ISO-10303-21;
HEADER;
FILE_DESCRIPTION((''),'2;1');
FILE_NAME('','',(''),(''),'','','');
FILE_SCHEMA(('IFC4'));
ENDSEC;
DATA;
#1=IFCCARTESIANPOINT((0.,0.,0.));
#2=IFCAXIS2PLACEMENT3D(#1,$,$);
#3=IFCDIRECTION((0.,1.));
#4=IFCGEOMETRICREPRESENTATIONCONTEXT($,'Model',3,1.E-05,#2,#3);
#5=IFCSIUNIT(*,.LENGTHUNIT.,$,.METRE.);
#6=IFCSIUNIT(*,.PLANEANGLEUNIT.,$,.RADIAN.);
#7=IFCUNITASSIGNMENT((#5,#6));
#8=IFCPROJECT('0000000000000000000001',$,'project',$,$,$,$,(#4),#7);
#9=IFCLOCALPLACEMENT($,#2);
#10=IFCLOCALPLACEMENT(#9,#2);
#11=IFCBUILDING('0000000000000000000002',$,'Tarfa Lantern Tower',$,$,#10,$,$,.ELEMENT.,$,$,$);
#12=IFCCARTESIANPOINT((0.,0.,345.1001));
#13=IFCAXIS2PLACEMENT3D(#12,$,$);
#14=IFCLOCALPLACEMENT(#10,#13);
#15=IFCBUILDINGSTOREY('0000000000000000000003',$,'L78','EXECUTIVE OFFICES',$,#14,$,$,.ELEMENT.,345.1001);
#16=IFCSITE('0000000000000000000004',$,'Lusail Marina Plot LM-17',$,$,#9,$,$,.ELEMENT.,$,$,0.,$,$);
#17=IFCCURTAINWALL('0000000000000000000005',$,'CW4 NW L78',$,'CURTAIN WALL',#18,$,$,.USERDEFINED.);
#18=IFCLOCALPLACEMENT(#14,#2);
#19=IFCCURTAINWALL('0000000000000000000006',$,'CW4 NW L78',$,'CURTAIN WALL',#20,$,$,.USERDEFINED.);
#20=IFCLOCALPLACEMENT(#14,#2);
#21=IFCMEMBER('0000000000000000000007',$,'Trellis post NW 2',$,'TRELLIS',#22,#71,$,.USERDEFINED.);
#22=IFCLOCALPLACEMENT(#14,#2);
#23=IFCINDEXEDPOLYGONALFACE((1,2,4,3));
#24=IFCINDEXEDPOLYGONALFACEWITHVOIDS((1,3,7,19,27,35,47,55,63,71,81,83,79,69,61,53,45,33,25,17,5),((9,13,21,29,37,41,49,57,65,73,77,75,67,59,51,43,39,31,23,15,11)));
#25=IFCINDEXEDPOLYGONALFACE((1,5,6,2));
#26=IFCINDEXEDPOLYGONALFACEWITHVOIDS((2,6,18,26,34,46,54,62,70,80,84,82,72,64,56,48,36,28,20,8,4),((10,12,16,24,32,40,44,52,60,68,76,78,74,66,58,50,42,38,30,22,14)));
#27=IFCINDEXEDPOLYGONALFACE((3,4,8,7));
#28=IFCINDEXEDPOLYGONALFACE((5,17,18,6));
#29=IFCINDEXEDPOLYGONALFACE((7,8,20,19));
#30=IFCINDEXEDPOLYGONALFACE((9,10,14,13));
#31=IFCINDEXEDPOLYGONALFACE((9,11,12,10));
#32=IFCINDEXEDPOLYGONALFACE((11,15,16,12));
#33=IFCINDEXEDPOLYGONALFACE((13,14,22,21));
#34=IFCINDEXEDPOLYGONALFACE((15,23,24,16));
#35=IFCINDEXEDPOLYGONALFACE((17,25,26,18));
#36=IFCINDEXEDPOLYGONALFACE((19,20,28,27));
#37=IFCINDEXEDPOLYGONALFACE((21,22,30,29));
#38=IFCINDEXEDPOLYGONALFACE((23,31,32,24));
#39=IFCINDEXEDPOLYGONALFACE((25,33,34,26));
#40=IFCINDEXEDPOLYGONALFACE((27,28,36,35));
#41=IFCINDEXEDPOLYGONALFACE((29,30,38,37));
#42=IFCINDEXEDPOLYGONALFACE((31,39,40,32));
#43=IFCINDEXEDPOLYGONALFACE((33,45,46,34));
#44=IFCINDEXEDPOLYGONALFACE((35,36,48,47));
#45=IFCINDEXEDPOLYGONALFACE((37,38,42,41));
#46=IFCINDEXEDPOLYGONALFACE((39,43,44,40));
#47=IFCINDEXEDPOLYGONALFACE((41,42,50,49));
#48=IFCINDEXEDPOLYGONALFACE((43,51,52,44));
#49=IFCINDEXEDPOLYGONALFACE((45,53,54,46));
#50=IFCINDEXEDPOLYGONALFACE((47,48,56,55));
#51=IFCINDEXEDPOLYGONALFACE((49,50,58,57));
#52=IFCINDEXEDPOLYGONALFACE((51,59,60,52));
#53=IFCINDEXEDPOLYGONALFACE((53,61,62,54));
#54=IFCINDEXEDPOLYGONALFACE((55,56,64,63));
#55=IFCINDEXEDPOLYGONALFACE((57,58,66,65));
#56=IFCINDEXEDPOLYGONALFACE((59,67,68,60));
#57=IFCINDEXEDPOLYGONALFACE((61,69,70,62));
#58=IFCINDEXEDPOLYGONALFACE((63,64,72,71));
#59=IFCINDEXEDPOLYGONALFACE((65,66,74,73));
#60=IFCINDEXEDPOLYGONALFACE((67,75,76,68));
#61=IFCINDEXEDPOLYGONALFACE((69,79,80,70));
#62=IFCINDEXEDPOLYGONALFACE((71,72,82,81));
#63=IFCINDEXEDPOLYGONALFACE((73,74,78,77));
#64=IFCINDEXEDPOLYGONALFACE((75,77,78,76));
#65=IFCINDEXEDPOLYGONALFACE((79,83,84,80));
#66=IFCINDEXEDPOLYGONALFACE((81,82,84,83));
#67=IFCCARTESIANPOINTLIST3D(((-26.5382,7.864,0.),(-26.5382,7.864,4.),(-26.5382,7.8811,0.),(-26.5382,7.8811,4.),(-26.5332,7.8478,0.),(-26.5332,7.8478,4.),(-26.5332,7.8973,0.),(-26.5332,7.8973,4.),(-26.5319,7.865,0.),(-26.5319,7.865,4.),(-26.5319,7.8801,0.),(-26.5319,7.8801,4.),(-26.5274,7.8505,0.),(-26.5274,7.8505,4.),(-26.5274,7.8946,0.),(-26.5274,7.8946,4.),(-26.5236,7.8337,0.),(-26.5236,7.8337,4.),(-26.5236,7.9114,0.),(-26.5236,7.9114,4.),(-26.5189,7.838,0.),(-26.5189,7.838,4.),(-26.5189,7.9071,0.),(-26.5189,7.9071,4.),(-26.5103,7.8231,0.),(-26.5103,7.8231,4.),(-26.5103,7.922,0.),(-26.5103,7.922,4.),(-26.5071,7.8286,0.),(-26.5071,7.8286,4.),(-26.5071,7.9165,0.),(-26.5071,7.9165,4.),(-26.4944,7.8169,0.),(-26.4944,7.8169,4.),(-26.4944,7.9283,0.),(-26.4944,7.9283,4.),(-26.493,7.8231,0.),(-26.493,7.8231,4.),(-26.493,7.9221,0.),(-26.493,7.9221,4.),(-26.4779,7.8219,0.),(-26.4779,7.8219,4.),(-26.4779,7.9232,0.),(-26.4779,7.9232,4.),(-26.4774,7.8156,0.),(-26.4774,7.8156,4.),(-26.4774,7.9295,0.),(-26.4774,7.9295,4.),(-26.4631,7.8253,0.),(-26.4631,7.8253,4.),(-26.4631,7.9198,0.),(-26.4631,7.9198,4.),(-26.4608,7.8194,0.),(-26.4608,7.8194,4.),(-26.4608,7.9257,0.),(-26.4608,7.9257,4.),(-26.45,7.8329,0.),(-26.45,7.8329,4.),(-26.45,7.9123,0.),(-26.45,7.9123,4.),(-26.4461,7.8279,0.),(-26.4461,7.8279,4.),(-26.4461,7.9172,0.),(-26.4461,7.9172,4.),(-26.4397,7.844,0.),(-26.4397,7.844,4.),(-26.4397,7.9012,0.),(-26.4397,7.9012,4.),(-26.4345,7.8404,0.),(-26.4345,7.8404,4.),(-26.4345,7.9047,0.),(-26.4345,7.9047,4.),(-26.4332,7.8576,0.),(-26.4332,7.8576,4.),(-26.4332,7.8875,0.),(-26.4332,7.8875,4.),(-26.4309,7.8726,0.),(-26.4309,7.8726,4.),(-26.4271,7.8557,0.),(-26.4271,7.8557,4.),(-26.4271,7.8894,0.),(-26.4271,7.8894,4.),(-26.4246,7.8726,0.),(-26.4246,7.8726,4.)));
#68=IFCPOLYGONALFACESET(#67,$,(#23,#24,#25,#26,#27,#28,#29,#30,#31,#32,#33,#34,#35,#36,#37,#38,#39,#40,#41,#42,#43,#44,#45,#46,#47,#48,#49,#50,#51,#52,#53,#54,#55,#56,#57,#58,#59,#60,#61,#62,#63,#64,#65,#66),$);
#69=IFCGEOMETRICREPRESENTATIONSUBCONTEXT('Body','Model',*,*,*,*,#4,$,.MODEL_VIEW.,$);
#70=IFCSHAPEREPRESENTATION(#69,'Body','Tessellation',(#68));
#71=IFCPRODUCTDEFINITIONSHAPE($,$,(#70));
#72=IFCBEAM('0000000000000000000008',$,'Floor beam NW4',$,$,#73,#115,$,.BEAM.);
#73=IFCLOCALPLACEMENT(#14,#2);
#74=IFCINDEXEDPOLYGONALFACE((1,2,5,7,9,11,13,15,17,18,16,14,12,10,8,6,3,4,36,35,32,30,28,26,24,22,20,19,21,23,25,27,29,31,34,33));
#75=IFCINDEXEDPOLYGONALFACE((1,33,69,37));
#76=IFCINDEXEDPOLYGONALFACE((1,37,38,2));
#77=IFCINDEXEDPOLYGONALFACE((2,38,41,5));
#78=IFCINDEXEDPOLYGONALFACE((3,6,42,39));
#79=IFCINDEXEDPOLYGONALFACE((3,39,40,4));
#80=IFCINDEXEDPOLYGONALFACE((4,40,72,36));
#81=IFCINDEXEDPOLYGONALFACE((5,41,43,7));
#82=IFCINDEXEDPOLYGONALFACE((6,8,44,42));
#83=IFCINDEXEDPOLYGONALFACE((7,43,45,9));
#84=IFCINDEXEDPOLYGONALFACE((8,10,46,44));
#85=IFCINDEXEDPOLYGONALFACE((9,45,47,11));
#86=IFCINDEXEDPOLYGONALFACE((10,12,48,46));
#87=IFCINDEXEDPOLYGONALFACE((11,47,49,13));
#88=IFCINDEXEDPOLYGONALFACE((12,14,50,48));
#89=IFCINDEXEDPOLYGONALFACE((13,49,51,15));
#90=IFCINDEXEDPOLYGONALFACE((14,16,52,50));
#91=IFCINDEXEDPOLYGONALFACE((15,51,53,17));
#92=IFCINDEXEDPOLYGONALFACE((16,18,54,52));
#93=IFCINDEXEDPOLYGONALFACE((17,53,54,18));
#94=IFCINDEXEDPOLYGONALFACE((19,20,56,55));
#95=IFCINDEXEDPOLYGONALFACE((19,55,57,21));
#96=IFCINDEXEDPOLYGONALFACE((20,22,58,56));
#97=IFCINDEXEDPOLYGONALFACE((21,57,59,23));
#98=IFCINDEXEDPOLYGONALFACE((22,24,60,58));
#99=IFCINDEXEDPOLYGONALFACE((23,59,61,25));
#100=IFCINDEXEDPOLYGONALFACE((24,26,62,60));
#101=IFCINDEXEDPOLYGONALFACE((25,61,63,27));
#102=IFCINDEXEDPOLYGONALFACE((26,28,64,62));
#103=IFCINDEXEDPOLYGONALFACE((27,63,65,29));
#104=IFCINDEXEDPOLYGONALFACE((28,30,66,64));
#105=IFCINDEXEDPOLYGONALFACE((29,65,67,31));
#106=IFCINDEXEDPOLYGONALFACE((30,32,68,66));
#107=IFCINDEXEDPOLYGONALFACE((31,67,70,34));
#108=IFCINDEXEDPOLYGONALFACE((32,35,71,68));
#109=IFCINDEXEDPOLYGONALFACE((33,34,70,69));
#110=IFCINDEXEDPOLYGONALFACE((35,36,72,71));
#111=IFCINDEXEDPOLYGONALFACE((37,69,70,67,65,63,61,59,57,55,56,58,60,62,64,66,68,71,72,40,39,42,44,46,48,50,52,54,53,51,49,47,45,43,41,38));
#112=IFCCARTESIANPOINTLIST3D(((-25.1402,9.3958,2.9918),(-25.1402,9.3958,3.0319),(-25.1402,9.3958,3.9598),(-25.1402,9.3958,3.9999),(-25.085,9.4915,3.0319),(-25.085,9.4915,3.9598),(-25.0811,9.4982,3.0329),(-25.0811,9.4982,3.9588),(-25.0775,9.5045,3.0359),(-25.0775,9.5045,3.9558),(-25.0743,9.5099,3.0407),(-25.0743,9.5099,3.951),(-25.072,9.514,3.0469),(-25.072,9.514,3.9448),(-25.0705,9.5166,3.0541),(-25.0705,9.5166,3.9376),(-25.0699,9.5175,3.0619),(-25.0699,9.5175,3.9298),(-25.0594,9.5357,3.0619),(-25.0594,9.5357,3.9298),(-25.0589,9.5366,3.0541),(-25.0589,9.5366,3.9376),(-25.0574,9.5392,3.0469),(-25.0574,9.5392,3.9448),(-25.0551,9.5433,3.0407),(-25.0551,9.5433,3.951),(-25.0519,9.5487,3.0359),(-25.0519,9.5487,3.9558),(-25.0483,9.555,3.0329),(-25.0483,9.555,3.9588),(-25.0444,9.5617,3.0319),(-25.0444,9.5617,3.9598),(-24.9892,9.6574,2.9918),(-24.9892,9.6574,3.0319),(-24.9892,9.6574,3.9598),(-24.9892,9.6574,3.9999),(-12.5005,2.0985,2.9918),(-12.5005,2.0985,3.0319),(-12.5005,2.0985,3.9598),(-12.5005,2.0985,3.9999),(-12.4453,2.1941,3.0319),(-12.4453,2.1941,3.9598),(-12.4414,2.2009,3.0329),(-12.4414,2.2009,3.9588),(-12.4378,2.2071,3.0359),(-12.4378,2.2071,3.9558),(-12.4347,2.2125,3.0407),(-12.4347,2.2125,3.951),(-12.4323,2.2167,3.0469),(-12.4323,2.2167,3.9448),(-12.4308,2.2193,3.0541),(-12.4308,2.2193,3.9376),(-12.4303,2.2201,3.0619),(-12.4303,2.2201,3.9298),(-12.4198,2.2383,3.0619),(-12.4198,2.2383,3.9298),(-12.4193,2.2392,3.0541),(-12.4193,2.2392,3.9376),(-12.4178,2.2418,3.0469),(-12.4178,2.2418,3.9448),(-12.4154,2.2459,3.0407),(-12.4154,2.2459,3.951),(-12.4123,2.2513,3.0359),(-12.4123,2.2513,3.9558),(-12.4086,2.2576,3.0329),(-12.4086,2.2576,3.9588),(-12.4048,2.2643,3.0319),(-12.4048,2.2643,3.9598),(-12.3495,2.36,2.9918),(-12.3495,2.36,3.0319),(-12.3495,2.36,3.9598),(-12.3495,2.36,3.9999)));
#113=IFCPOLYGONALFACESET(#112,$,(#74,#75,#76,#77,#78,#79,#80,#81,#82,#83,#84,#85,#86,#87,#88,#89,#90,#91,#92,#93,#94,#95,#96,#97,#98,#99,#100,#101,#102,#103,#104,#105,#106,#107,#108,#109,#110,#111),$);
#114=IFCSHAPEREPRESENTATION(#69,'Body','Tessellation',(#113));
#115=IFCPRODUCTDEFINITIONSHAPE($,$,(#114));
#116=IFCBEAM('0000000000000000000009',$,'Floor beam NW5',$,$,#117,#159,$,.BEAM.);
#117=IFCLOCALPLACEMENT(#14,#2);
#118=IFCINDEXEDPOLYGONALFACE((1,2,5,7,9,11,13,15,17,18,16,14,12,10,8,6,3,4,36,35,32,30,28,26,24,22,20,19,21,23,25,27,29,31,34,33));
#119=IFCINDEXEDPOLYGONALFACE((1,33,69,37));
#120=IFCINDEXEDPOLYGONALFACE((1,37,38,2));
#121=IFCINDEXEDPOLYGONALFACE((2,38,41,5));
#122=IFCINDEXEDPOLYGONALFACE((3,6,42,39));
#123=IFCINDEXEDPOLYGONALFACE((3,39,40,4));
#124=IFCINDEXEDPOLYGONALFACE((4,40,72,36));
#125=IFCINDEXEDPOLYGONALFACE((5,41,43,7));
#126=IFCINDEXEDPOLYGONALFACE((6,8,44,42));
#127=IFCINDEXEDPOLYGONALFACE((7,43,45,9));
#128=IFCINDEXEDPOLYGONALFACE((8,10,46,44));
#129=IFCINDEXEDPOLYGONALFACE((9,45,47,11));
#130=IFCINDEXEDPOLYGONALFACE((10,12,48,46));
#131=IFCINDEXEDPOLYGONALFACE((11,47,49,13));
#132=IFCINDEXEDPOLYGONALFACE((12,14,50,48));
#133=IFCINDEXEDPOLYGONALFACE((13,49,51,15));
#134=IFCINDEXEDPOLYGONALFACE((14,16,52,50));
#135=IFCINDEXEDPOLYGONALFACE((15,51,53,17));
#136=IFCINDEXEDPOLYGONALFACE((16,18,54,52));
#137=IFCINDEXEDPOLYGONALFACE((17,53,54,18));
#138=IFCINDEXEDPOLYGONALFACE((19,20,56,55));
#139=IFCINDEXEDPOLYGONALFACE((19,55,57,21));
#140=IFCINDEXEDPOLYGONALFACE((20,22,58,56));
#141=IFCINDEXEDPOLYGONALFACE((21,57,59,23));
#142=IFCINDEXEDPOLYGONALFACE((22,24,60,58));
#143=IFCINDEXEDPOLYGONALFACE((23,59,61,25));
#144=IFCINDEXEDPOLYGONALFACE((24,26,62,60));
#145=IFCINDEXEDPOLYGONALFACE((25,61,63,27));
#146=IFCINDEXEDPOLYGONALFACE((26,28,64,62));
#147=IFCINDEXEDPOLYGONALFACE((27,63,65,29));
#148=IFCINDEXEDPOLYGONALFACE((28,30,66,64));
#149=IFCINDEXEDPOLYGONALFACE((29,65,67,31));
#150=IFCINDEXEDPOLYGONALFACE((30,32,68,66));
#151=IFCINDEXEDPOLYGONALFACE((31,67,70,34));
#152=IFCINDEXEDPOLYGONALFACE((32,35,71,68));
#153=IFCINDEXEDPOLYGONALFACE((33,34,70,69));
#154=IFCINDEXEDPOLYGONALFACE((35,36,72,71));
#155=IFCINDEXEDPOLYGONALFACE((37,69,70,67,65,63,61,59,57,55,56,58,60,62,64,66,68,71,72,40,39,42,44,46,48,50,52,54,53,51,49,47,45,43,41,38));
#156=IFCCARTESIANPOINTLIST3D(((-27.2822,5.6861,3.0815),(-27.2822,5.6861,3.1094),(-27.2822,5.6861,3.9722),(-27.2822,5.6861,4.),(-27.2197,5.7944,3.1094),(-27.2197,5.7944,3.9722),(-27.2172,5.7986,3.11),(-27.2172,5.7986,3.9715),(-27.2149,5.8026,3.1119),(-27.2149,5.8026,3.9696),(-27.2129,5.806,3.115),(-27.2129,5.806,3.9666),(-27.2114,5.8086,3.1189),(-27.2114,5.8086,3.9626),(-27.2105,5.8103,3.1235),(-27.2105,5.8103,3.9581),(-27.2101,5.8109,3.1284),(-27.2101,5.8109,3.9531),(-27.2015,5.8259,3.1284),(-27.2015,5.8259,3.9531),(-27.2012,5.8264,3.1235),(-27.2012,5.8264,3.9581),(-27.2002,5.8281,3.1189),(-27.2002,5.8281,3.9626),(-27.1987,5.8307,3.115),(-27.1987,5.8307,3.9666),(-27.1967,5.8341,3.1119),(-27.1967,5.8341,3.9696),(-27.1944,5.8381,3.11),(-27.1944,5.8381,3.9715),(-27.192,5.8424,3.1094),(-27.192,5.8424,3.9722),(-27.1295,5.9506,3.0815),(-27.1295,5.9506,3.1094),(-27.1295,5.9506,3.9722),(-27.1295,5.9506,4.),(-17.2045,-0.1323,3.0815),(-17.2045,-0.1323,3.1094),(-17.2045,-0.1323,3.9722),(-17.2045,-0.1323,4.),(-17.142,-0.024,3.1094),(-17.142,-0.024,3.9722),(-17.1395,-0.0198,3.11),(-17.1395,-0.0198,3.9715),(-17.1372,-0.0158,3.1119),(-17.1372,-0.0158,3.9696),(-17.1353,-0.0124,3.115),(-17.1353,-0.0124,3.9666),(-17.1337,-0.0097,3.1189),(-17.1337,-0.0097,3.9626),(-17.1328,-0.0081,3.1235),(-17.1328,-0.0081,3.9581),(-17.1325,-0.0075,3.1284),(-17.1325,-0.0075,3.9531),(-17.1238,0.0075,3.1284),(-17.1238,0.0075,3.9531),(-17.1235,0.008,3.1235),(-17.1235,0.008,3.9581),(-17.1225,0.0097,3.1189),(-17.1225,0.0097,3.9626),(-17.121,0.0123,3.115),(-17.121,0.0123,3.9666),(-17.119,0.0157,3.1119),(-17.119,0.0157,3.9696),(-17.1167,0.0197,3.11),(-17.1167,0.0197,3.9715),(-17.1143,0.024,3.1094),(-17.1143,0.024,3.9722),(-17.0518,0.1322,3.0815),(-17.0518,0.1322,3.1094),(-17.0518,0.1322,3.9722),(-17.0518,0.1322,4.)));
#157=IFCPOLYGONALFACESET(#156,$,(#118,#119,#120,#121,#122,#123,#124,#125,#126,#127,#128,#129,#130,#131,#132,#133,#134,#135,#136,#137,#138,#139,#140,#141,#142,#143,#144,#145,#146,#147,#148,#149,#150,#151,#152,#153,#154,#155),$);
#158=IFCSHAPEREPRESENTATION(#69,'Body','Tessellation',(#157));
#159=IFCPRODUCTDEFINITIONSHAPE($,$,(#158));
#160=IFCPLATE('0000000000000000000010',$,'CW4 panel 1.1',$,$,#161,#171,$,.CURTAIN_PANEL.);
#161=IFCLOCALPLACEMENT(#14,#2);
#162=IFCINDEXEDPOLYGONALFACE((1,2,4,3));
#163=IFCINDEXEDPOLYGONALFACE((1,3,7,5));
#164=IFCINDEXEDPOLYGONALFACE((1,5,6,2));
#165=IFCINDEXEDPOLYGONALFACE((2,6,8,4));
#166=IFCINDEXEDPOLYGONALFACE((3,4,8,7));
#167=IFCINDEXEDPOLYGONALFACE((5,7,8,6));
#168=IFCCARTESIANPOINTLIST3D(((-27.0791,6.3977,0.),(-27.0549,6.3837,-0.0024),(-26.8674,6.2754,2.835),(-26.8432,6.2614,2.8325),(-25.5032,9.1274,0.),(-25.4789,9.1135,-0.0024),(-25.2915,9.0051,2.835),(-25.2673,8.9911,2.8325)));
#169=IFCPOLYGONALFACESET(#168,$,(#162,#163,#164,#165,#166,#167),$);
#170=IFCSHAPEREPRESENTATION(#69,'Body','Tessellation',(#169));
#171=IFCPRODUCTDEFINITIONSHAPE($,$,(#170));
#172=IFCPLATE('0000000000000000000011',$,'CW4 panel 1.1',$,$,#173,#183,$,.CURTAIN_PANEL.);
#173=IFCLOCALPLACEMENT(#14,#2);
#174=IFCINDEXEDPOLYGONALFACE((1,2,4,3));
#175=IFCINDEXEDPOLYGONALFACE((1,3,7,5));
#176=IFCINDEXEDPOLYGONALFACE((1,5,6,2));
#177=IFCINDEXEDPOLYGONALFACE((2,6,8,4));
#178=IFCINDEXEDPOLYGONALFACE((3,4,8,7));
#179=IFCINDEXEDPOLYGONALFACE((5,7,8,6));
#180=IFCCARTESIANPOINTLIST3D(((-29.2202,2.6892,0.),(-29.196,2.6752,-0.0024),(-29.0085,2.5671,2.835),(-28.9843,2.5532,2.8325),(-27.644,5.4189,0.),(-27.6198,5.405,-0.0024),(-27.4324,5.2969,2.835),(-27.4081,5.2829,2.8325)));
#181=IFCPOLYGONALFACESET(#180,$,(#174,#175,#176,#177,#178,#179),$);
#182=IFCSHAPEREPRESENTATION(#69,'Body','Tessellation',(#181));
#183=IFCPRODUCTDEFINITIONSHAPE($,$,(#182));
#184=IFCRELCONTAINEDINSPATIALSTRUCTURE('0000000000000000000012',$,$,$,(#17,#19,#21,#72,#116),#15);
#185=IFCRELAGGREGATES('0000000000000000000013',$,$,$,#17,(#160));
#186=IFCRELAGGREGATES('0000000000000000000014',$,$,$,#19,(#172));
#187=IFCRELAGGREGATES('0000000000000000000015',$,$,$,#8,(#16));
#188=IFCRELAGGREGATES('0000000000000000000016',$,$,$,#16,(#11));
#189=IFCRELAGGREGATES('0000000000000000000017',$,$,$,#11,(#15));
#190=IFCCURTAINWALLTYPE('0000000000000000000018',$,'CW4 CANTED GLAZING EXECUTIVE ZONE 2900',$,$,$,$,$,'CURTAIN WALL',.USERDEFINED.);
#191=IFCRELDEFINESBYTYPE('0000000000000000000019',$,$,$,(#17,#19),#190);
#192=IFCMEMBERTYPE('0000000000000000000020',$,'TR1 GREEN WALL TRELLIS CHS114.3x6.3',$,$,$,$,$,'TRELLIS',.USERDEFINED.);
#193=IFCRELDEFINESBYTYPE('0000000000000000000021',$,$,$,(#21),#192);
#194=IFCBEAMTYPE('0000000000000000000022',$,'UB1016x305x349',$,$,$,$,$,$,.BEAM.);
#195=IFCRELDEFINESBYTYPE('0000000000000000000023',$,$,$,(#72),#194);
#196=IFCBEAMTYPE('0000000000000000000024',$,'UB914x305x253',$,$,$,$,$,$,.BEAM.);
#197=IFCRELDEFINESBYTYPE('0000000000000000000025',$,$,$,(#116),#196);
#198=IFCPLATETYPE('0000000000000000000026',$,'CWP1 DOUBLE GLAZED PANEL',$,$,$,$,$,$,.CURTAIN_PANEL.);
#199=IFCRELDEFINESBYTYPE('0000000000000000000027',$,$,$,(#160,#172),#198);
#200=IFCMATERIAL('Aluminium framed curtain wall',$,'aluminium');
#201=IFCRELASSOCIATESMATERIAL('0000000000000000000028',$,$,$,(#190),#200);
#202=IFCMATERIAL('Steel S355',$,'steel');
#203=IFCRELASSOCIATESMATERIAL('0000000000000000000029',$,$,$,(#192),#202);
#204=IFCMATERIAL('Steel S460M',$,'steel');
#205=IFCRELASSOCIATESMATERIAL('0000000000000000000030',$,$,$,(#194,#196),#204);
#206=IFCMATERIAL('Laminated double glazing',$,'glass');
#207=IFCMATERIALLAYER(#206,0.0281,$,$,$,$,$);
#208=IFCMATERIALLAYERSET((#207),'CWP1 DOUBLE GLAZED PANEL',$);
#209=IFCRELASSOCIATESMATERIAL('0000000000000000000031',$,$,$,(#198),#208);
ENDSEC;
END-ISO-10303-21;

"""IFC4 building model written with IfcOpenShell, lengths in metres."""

from ifc_helpers import new_model, si_unit, direction, frame, origin, origin_2d, place, context, subcontext, project, spatial, polyline, hollow_circle, i_section, outline, extrude, material, layer, layer_set, material_profile, profile_set, type_object, element, aggregate, save


model = new_model("IFC4")

# Units and contexts
model_context = context("Model", 3, precision=1e-05, world=origin(), true_north=direction((0.0, 1.0)))
body_context = subcontext(model_context, "Body", "Model", "MODEL_VIEW")
ifc_project = project(units=[si_unit("LENGTHUNIT", "METRE"), si_unit("PLANEANGLEUNIT", "RADIAN")], contexts=[model_context])

# Site, building, storey
site_placement = place(None, origin())
site = spatial("IfcSite", under=ifc_project, at=site_placement, Name="Lusail Marina Plot LM-17", CompositionType="ELEMENT", RefElevation=0.0)
building_placement = place(site_placement, origin())
building = spatial("IfcBuilding", under=site, at=building_placement, Name="Tarfa Lantern Tower", CompositionType="ELEMENT")
storey_placement = place(building_placement, frame((0.0, 0.0, 345.1001)))
storey = spatial("IfcBuildingStorey", under=building, at=storey_placement, Name="L78", Description="EXECUTIVE OFFICES", CompositionType="ELEMENT", Elevation=345.1001)

# Shared definitions
ifc_material_1 = material(Name="Aluminium framed curtain wall", Category="aluminium")
curtain_wall_type = type_object("IfcCurtainWallType", Name="CW4 CANTED GLAZING EXECUTIVE ZONE 2900", ElementType="CURTAIN WALL", PredefinedType="USERDEFINED", material=ifc_material_1)

# Curtain walls
curtain_wall_1_placement = place(storey_placement, origin())
curtain_wall_1 = element("IfcCurtainWall", 1, at=curtain_wall_1_placement, inside=storey, type_object=curtain_wall_type, Name="CW4 NW L78", ObjectType="CURTAIN WALL", PredefinedType="USERDEFINED")
curtain_wall_2_placement = place(storey_placement, origin())
curtain_wall_2 = element("IfcCurtainWall", 2, at=curtain_wall_2_placement, inside=storey, type_object=curtain_wall_type, Name="CW4 NW L78", ObjectType="CURTAIN WALL", PredefinedType="USERDEFINED")

# Member
ifc_material_2 = material(Name="Steel S355", Category="steel")
ifc_material_profile_1 = material_profile(ifc_material_2, hollow_circle(Radius=0.0571, WallThickness=0.0063, at=origin_2d()), Name="CHS114.3x6.3")
ifc_profile_set_1 = profile_set([ifc_material_profile_1], Name="Steel S355")
member_type_1 = type_object("IfcMemberType", Name="TR1 GREEN WALL TRELLIS CHS114.3x6.3", ElementType="TRELLIS", PredefinedType="USERDEFINED", material=ifc_profile_set_1)
member_1_placement = place(storey_placement, frame((-26.4817, 7.8726, 0.0), z_axis=(0.0, 0.0, 1.0), x_axis=(1.0, 0.0, 0.0)))
element("IfcMember", 3, at=member_1_placement, inside=storey, type_object=member_type_1, Name="Trellis post NW 2", ObjectType="TRELLIS", PredefinedType="USERDEFINED", context=body_context, shape_type="SweptSolid", body=[
    extrude(hollow_circle(Radius=0.0571, WallThickness=0.0063, at=origin_2d()), origin(), (0.0, 0.0, 1.0), 4.0),
])

# Beams
ifc_material_3 = material(Name="Steel S460M", Category="steel")
ifc_material_profile_2 = material_profile(ifc_material_3, i_section(OverallWidth=0.302, OverallDepth=1.0081, WebThickness=0.021, FlangeThickness=0.04, FilletRadius=0.03, at=origin_2d()), Name="UB1016x305x349")
ifc_profile_set_2 = profile_set([ifc_material_profile_2], Name="Steel S460M")
beam_type_1 = type_object("IfcBeamType", Name="UB1016x305x349", PredefinedType="BEAM", material=ifc_profile_set_2)
beam_1_placement = place(storey_placement, frame((-25.0647, 9.5266, 3.4958), z_axis=(0.86603, -0.499993, 0.0), x_axis=(0.499993, 0.86603, 0.0)))
element("IfcBeam", 4, at=beam_1_placement, inside=storey, type_object=beam_type_1, Name="Floor beam NW4", PredefinedType="BEAM", context=body_context, shape_type="SweptSolid", body=[
    extrude(i_section(OverallWidth=0.302, OverallDepth=1.0081, WebThickness=0.021, FlangeThickness=0.04, FilletRadius=0.03, at=origin_2d()), origin(), (0.0, 0.0, 1.0), 14.595),
])
ifc_material_profile_3 = material_profile(ifc_material_3, i_section(OverallWidth=0.3054, OverallDepth=0.9185, WebThickness=0.0173, FlangeThickness=0.0278, FilletRadius=0.019, at=origin_2d()), Name="UB914x305x253")
ifc_profile_set_3 = profile_set([ifc_material_profile_3], Name="Steel S460M")
beam_type_2 = type_object("IfcBeamType", Name="UB914x305x253", PredefinedType="BEAM", material=ifc_profile_set_3)
beam_2_placement = place(storey_placement, frame((-27.2058, 5.8184, 3.5408), z_axis=(0.866024, -0.500002, 0.0), x_axis=(0.500002, 0.866024, 0.0)))
element("IfcBeam", 5, at=beam_2_placement, inside=storey, type_object=beam_type_2, Name="Floor beam NW5", PredefinedType="BEAM", context=body_context, shape_type="SweptSolid", body=[
    extrude(i_section(OverallWidth=0.3054, OverallDepth=0.9185, WebThickness=0.0173, FlangeThickness=0.0278, FilletRadius=0.019, at=origin_2d()), origin(), (0.0, 0.0, 1.0), 11.6367),
])

# Plates
ifc_material_4 = material(Name="Laminated double glazing", Category="glass")
ifc_layer_1 = layer(ifc_material_4, 0.0281)
ifc_layer_set_1 = layer_set([ifc_layer_1], Name="CWP1 DOUBLE GLAZED PANEL")
plate_type = type_object("IfcPlateType", Name="CWP1 DOUBLE GLAZED PANEL", PredefinedType="CURTAIN_PANEL", material=ifc_layer_set_1)
plate_1_placement = place(storey_placement, frame((-25.5032, 9.1274, 0.0), z_axis=(-0.862835, 0.498131, 0.085915), x_axis=(-0.499979, -0.866037, 0.0)))
plate_1 = element("IfcPlate", 6, at=plate_1_placement, type_object=plate_type, Name="CW4 panel 1.1", PredefinedType="CURTAIN_PANEL", context=body_context, shape_type="SweptSolid", body=[
    extrude(outline(polyline([(0.0, 0.0), (3.152, 0.0), (3.1521, 2.8455), (0.0001, 2.8455), (0.0, 0.0)])), origin(), (0.0, 0.0, -1.0), 0.0281),
])
aggregate(curtain_wall_1, [plate_1])
plate_2_placement = place(storey_placement, frame((-27.644, 5.4189, 0.0), z_axis=(-0.862805, 0.498191, 0.085872), x_axis=(-0.500038, -0.866004, 0.0)))
plate_2 = element("IfcPlate", 7, at=plate_2_placement, type_object=plate_type, Name="CW4 panel 1.1", PredefinedType="CURTAIN_PANEL", context=body_context, shape_type="SweptSolid", body=[
    extrude(outline(polyline([(0.0, 0.0), (3.1521, 0.0), (3.152, 2.8455), (-0.0001, 2.8455), (0.0, 0.0)])), origin(), (0.0, 0.0, -1.0), 0.0281),
])
aggregate(curtain_wall_2, [plate_2])

save(model, "model.ifc")
